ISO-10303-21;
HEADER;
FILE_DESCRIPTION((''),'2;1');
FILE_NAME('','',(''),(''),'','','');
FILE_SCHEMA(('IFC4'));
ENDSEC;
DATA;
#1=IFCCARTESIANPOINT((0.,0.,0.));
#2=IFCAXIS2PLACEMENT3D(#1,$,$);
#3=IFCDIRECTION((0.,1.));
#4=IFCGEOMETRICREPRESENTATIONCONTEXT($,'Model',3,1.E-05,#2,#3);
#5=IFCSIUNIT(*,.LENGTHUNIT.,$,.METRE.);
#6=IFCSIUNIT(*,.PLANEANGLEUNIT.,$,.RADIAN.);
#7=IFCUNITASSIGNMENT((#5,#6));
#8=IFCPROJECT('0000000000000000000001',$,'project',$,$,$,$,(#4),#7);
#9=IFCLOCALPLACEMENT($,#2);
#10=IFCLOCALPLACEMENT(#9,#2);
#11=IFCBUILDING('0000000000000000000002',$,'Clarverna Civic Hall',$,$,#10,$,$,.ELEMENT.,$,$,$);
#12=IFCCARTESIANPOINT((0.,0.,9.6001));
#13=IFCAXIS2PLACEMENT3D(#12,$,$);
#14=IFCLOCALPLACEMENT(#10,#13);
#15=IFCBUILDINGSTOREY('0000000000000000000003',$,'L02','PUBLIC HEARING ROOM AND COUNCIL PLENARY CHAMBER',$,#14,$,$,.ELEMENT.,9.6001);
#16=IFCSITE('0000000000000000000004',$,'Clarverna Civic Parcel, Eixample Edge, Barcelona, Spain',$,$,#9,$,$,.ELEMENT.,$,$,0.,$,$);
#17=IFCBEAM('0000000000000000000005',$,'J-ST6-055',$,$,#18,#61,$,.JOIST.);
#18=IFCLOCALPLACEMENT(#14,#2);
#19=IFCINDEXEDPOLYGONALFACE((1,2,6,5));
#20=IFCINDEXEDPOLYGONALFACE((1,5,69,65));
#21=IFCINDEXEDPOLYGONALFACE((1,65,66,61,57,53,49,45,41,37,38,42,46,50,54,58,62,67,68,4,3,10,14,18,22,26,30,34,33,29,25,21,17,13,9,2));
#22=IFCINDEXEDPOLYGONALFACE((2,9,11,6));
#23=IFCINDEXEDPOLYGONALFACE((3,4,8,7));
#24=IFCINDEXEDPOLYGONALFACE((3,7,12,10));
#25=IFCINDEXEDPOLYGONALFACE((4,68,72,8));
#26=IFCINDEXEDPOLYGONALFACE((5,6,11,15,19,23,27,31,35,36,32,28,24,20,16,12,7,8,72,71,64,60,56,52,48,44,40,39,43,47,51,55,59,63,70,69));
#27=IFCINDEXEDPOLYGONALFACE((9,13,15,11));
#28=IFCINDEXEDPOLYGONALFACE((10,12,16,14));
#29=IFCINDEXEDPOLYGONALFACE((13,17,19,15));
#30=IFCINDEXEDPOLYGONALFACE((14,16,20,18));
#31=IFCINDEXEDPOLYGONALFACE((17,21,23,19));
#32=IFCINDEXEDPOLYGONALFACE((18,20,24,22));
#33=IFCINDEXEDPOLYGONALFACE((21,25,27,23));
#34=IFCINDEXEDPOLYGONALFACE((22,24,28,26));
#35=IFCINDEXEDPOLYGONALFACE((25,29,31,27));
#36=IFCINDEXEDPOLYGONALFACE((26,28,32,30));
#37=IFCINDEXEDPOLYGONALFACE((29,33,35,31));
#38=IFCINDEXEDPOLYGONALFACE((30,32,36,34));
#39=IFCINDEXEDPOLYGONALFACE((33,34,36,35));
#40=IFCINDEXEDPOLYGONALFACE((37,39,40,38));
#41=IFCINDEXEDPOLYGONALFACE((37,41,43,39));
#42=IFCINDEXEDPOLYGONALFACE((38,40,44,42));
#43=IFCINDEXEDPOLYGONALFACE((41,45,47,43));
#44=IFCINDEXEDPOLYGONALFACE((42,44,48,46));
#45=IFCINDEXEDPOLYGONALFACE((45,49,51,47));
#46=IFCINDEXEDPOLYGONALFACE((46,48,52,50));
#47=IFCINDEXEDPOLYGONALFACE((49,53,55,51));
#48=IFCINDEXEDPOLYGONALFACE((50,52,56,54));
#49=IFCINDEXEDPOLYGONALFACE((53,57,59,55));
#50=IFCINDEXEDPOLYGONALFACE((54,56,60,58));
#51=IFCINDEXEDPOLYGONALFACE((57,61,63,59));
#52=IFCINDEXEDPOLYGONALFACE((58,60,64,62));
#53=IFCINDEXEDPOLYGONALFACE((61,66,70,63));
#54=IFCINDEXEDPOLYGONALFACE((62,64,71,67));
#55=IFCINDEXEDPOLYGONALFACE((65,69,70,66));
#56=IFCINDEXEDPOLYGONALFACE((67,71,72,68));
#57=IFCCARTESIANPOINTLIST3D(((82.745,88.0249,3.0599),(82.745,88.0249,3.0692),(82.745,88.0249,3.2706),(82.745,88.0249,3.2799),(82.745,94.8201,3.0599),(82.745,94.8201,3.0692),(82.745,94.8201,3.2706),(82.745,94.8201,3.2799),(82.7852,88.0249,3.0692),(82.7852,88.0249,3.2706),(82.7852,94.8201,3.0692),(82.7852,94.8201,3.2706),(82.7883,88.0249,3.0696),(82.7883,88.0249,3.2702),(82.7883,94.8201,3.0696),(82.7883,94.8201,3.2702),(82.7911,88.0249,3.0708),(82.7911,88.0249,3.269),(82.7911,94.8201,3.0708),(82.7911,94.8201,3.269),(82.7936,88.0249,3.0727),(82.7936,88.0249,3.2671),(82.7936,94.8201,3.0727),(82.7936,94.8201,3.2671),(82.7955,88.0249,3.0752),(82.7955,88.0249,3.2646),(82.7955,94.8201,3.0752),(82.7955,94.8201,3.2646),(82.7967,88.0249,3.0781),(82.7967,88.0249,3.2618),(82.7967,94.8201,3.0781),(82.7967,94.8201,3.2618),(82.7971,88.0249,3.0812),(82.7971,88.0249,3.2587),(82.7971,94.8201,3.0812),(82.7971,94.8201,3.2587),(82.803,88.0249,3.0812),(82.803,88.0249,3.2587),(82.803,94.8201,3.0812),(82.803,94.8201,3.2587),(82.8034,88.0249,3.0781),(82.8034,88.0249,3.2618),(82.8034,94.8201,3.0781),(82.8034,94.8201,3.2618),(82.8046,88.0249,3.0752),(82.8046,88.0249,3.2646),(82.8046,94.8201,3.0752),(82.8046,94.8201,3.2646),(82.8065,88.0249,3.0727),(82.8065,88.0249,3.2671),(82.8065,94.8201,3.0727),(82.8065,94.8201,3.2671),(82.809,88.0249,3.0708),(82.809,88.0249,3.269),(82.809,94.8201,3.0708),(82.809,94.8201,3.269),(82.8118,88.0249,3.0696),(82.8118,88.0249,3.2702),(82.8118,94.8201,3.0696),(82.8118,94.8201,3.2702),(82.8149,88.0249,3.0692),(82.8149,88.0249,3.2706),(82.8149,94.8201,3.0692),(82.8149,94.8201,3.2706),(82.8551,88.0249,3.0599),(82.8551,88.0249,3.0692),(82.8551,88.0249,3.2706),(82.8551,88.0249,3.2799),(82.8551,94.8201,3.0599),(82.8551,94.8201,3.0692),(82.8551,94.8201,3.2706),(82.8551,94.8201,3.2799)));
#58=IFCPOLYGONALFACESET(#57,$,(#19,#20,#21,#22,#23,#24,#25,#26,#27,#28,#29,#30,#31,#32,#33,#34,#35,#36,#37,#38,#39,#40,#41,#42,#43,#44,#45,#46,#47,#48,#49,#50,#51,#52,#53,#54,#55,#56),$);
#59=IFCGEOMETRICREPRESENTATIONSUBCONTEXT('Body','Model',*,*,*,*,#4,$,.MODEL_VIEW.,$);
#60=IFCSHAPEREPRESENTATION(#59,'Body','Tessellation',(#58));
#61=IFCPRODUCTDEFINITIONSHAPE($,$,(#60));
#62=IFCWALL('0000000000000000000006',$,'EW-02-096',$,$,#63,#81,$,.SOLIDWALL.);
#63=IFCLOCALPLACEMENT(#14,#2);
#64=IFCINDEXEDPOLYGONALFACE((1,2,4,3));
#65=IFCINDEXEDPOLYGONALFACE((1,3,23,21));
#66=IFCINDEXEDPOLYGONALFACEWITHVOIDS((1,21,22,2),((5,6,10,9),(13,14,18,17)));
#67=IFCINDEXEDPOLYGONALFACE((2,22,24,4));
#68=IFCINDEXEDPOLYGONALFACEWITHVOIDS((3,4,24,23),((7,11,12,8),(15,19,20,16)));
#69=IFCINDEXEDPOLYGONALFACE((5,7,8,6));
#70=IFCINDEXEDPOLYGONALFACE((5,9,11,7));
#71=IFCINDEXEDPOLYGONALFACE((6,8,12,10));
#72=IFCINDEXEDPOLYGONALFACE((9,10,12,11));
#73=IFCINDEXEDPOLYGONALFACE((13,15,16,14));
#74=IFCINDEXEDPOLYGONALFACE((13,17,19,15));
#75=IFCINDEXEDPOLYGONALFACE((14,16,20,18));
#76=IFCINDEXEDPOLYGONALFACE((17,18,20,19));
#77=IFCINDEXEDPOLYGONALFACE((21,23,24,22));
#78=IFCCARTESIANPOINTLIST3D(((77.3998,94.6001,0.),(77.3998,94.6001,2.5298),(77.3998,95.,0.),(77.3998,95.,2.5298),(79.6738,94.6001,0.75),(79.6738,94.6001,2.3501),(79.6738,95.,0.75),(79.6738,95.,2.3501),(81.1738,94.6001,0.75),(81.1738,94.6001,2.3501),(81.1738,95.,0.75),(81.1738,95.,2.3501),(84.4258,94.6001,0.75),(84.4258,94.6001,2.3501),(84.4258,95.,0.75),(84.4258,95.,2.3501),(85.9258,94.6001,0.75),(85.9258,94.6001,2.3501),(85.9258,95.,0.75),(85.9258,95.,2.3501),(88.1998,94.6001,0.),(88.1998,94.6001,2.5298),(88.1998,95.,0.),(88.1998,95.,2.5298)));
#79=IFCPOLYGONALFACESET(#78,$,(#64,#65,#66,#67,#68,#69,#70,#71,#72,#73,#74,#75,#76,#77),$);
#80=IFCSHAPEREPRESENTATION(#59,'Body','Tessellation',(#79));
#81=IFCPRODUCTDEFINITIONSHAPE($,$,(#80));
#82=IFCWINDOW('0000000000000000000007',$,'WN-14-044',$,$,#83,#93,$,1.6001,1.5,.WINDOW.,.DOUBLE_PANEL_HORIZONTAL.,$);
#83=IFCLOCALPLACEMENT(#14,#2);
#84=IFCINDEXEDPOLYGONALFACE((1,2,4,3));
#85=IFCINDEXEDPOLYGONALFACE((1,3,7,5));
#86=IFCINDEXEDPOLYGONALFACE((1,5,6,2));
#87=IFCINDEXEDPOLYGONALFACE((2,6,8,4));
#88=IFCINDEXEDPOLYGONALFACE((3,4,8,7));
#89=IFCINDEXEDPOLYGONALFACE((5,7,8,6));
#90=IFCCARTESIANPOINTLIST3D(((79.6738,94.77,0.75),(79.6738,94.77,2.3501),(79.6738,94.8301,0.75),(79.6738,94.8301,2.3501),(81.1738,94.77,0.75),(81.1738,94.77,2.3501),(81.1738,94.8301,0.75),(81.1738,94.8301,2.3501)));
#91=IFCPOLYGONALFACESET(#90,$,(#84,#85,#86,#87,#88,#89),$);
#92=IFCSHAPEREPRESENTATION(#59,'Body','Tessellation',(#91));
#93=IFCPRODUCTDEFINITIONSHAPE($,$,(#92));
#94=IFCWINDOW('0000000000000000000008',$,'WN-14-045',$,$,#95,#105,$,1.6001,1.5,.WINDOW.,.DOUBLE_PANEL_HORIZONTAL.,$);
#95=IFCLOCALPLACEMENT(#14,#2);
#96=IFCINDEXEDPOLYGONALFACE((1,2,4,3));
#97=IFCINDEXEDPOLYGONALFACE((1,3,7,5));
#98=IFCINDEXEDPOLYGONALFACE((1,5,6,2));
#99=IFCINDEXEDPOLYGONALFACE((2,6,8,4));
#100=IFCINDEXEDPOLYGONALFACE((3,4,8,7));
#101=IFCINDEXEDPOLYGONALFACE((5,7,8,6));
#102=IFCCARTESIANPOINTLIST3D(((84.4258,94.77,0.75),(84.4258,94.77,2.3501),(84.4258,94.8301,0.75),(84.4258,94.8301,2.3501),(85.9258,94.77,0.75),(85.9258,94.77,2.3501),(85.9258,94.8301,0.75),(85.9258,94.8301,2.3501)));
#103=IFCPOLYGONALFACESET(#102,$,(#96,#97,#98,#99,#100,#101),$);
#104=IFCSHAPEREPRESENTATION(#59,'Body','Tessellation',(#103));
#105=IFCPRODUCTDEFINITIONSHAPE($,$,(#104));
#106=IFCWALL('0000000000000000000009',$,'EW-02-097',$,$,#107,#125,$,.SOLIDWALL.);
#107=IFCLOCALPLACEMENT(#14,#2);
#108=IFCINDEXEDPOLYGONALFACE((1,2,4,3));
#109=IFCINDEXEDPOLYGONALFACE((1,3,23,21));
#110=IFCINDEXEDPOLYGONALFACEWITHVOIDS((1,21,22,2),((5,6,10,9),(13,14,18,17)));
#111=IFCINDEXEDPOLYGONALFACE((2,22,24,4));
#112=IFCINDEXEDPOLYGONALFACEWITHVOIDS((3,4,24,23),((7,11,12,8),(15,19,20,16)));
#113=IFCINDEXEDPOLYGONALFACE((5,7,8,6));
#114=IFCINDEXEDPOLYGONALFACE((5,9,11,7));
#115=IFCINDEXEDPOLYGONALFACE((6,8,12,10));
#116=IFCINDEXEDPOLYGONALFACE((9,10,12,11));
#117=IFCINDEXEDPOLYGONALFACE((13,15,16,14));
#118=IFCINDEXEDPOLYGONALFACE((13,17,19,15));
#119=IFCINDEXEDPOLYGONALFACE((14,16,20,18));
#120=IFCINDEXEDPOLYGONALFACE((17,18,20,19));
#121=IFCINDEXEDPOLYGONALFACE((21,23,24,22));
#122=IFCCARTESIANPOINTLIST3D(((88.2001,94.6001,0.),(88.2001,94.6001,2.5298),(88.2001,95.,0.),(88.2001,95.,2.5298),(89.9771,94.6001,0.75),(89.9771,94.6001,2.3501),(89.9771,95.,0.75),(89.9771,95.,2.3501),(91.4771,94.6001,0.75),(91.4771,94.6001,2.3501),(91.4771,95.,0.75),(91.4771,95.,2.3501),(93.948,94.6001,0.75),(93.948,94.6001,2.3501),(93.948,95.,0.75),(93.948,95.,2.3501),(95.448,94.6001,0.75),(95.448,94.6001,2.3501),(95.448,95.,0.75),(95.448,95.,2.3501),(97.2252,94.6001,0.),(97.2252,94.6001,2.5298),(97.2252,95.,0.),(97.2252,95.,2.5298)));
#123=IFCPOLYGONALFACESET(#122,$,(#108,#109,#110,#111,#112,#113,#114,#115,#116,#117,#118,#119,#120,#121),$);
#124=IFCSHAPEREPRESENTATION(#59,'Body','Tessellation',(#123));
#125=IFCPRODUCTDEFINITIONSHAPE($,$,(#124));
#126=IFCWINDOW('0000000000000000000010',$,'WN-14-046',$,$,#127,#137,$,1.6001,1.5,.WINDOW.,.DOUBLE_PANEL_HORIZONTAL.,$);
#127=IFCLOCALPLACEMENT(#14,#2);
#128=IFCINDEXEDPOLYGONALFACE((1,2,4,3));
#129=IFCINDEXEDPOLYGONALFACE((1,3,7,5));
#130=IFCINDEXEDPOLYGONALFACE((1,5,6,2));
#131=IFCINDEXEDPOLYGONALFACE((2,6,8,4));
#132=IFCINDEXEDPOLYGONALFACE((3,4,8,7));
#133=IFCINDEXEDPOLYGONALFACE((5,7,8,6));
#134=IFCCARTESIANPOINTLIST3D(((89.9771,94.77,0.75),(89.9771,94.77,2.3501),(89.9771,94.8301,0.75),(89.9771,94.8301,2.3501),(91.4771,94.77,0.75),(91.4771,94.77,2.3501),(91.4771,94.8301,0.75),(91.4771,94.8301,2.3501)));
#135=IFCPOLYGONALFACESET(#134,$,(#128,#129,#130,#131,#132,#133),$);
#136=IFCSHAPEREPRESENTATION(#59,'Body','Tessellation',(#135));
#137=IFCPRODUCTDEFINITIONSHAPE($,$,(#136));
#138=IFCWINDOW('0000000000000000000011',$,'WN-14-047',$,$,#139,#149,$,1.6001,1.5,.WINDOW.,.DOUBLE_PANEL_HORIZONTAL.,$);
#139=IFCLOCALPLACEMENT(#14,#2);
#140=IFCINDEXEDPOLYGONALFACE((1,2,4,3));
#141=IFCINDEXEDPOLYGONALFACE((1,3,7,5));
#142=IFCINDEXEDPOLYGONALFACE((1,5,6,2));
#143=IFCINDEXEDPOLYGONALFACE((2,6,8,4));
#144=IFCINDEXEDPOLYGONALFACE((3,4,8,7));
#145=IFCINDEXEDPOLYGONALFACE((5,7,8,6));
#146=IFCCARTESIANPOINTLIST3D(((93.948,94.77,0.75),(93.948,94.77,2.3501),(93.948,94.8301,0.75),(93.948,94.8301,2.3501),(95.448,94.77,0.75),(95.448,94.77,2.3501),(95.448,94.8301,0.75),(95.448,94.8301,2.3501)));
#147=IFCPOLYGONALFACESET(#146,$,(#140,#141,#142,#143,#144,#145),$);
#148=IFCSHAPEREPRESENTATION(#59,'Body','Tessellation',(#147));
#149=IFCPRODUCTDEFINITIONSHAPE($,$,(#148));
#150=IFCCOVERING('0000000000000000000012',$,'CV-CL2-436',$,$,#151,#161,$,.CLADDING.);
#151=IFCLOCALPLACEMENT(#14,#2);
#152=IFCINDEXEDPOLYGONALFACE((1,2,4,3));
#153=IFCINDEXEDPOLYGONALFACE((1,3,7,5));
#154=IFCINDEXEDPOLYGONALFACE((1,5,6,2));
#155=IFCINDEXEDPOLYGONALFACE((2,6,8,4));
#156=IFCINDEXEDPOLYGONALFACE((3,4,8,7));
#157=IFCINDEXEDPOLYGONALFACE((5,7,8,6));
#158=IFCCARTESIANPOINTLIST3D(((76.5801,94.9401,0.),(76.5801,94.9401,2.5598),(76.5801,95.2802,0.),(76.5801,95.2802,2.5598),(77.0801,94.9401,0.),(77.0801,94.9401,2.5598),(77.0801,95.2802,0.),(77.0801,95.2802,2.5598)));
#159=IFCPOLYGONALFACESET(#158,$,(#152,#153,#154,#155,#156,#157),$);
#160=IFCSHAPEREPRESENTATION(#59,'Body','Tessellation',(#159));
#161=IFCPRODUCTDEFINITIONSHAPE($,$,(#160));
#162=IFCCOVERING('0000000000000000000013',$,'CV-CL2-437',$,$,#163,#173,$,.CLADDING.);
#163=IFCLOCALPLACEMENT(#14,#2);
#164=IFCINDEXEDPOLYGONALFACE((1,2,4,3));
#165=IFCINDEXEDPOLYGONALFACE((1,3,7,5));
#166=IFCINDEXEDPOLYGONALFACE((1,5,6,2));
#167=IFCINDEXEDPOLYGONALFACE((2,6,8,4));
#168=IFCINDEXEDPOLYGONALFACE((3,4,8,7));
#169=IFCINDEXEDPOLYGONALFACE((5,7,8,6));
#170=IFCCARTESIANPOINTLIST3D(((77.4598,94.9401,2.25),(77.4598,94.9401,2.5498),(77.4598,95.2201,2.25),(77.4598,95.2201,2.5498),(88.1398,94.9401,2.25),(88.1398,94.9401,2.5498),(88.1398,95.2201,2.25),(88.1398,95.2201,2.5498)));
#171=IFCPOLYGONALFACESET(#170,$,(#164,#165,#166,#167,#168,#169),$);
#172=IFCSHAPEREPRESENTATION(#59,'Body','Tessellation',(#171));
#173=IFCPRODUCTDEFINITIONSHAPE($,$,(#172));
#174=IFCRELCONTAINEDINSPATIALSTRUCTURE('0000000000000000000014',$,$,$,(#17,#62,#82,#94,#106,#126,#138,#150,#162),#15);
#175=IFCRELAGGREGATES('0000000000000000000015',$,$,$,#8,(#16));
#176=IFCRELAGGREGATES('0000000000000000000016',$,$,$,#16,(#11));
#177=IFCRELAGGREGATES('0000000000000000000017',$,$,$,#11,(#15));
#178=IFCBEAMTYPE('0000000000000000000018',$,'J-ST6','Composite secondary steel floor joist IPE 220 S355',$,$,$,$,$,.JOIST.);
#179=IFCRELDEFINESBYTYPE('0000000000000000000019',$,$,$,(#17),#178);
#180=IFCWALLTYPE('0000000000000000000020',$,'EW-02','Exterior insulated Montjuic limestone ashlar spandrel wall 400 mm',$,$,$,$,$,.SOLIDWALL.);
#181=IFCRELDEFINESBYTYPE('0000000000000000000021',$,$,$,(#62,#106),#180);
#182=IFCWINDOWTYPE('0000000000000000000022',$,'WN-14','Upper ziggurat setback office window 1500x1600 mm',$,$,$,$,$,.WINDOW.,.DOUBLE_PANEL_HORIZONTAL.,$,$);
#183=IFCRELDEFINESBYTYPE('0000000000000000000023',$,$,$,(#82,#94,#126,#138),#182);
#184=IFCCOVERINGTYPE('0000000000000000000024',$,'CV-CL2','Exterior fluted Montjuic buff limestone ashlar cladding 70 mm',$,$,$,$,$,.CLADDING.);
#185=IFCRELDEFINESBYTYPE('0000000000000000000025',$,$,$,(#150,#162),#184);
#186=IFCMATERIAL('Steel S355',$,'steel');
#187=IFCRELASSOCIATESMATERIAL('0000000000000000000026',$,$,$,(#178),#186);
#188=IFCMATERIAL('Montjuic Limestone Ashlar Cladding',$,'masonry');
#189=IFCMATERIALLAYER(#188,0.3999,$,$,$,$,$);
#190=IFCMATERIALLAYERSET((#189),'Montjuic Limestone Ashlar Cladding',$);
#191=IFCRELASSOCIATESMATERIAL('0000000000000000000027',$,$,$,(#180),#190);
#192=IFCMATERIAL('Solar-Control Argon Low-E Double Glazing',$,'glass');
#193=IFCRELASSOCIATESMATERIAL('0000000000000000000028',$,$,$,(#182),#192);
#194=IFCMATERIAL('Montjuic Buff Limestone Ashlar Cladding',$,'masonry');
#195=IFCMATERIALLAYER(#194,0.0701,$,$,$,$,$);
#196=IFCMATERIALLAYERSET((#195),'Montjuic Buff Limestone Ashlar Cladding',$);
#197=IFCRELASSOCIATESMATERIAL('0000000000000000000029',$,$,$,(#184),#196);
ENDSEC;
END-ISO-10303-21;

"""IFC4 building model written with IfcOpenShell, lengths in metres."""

from ifc_helpers import new_model, si_unit, direction, frame, frame_2d, origin, origin_2d, place, context, subcontext, project, spatial, rectangle, i_section, extrude, material, layer, layer_set, material_profile, profile_set, type_object, element, fill, save


model = new_model("IFC4")

# Units and contexts
model_context = context("Model", 3, precision=1e-05, world=origin(), true_north=direction((0.0, 1.0)))
body_context = subcontext(model_context, "Body", "Model", "MODEL_VIEW")
ifc_project = project(units=[si_unit("LENGTHUNIT", "METRE"), si_unit("PLANEANGLEUNIT", "RADIAN")], contexts=[model_context])

# Site, building, storey
site_placement = place(None, origin())
site = spatial("IfcSite", under=ifc_project, at=site_placement, Name="Clarverna Civic Parcel, Eixample Edge, Barcelona, Spain", CompositionType="ELEMENT", RefElevation=0.0)
building_placement = place(site_placement, origin())
building = spatial("IfcBuilding", under=site, at=building_placement, Name="Clarverna Civic Hall", CompositionType="ELEMENT")
storey_placement = place(building_placement, frame((0.0, 0.0, 9.6001)))
storey = spatial("IfcBuildingStorey", under=building, at=storey_placement, Name="L02", Description="PUBLIC HEARING ROOM AND COUNCIL PLENARY CHAMBER", CompositionType="ELEMENT", Elevation=9.6001)

# Beam
ifc_material_1 = material(Name="Steel S355", Category="steel")
ifc_material_profile_1 = material_profile(ifc_material_1, i_section(OverallWidth=0.1101, OverallDepth=0.22, WebThickness=0.0059, FlangeThickness=0.0093, FilletRadius=0.012, at=origin_2d()), Name="IPE 220")
ifc_profile_set_1 = profile_set([ifc_material_profile_1], Name="Steel S355")
beam_type_1 = type_object("IfcBeamType", Name="J-ST6", Description="Composite secondary steel floor joist IPE 220 S355", PredefinedType="JOIST", material=ifc_profile_set_1)
beam_1_placement = place(storey_placement, frame((82.8, 88.0249, 3.1699), z_axis=(0.0, 1.0, 0.0), x_axis=(-1.0, 0.0, 0.0)))
element("IfcBeam", 1, at=beam_1_placement, inside=storey, type_object=beam_type_1, Name="J-ST6-055", PredefinedType="JOIST", context=body_context, shape_type="SweptSolid", body=[
    extrude(i_section(OverallWidth=0.1101, OverallDepth=0.22, WebThickness=0.0059, FlangeThickness=0.0093, FilletRadius=0.012, at=origin_2d()), origin(), (0.0, 0.0, 1.0), 6.7952),
])

# Walls, openings, windows
ifc_material_2 = material(Name="Montjuic Limestone Ashlar Cladding", Category="masonry")
ifc_layer_1 = layer(ifc_material_2, 0.3999)
ifc_layer_set_1 = layer_set([ifc_layer_1], Name="Montjuic Limestone Ashlar Cladding")
wall_type = type_object("IfcWallType", Name="EW-02", Description="Exterior insulated Montjuic limestone ashlar spandrel wall 400 mm", PredefinedType="SOLIDWALL", material=ifc_layer_set_1)
wall_1_placement = place(storey_placement, frame((77.3999, 94.8, 0.0), z_axis=(0.0, 0.0, 1.0), x_axis=(1.0, 0.0, 0.0)))
wall_1 = element("IfcWall", 2, at=wall_1_placement, inside=storey, type_object=wall_type, Name="EW-02-096", PredefinedType="SOLIDWALL", context=body_context, shape_type="SweptSolid", body=[
    extrude(rectangle(XDim=10.8, YDim=0.3999, at=frame_2d((5.3999, 0.0))), origin(), (0.0, 0.0, 1.0), 2.5298),
])
opening_1_placement = place(wall_1_placement, frame((2.2739, 0.0, 0.75)))
opening_1 = element("IfcOpeningElement", 3, at=opening_1_placement, cuts=wall_1, PredefinedType="OPENING", context=body_context, shape_type="SweptSolid", body=[
    extrude(rectangle(XDim=1.5, YDim=1.6001, at=frame_2d((0.75, 0.8))), frame((0.0, 0.21, 0.0), z_axis=(0.0, -1.0, 0.0), x_axis=(1.0, 0.0, 0.0)), (0.0, 0.0, 1.0), 0.4199),
])
opening_2_placement = place(wall_1_placement, frame((7.0259, 0.0, 0.75)))
opening_2 = element("IfcOpeningElement", 4, at=opening_2_placement, cuts=wall_1, PredefinedType="OPENING", context=body_context, shape_type="SweptSolid", body=[
    extrude(rectangle(XDim=1.5, YDim=1.6001, at=frame_2d((0.75, 0.8))), frame((0.0, 0.21, 0.0), z_axis=(0.0, -1.0, 0.0), x_axis=(1.0, 0.0, 0.0)), (0.0, 0.0, 1.0), 0.4199),
])
ifc_material_3 = material(Name="Solar-Control Argon Low-E Double Glazing", Category="glass")
window_type = type_object("IfcWindowType", Name="WN-14", Description="Upper ziggurat setback office window 1500x1600 mm", PartitioningType="DOUBLE_PANEL_HORIZONTAL", PredefinedType="WINDOW", material=ifc_material_3)
window_1_placement = place(opening_1_placement, origin())
window_1 = element("IfcWindow", 5, at=window_1_placement, inside=storey, type_object=window_type, Name="WN-14-044", OverallHeight=1.6001, OverallWidth=1.5, PartitioningType="DOUBLE_PANEL_HORIZONTAL", PredefinedType="WINDOW", context=body_context, shape_type="SweptSolid", body=[
    extrude(rectangle(XDim=1.5, YDim=1.6001, at=frame_2d((0.75, 0.8))), frame((0.0, 0.03, 0.0), z_axis=(0.0, -1.0, 0.0), x_axis=(1.0, 0.0, 0.0)), (0.0, 0.0, 1.0), 0.0601),
])
fill(opening_1, window_1)
window_2_placement = place(opening_2_placement, origin())
window_2 = element("IfcWindow", 6, at=window_2_placement, inside=storey, type_object=window_type, Name="WN-14-045", OverallHeight=1.6001, OverallWidth=1.5, PartitioningType="DOUBLE_PANEL_HORIZONTAL", PredefinedType="WINDOW", context=body_context, shape_type="SweptSolid", body=[
    extrude(rectangle(XDim=1.5, YDim=1.6001, at=frame_2d((0.75, 0.8))), frame((0.0, 0.03, 0.0), z_axis=(0.0, -1.0, 0.0), x_axis=(1.0, 0.0, 0.0)), (0.0, 0.0, 1.0), 0.0601),
])
fill(opening_2, window_2)
wall_2_placement = place(storey_placement, frame((88.2, 94.8, 0.0), z_axis=(0.0, 0.0, 1.0), x_axis=(1.0, 0.0, 0.0)))
wall_2 = element("IfcWall", 7, at=wall_2_placement, inside=storey, type_object=wall_type, Name="EW-02-097", PredefinedType="SOLIDWALL", context=body_context, shape_type="SweptSolid", body=[
    extrude(rectangle(XDim=9.0251, YDim=0.3999, at=frame_2d((4.5127, 0.0))), origin(), (0.0, 0.0, 1.0), 2.5298),
])
opening_3_placement = place(wall_2_placement, frame((1.7771, 0.0, 0.75)))
opening_3 = element("IfcOpeningElement", 8, at=opening_3_placement, cuts=wall_2, PredefinedType="OPENING", context=body_context, shape_type="SweptSolid", body=[
    extrude(rectangle(XDim=1.5, YDim=1.6001, at=frame_2d((0.75, 0.8))), frame((0.0, 0.21, 0.0), z_axis=(0.0, -1.0, 0.0), x_axis=(1.0, 0.0, 0.0)), (0.0, 0.0, 1.0), 0.4199),
])
opening_4_placement = place(wall_2_placement, frame((5.748, 0.0, 0.75)))
opening_4 = element("IfcOpeningElement", 9, at=opening_4_placement, cuts=wall_2, PredefinedType="OPENING", context=body_context, shape_type="SweptSolid", body=[
    extrude(rectangle(XDim=1.5, YDim=1.6001, at=frame_2d((0.75, 0.8))), frame((0.0, 0.21, 0.0), z_axis=(0.0, -1.0, 0.0), x_axis=(1.0, 0.0, 0.0)), (0.0, 0.0, 1.0), 0.4199),
])
window_3_placement = place(opening_3_placement, origin())
window_3 = element("IfcWindow", 10, at=window_3_placement, inside=storey, type_object=window_type, Name="WN-14-046", OverallHeight=1.6001, OverallWidth=1.5, PartitioningType="DOUBLE_PANEL_HORIZONTAL", PredefinedType="WINDOW", context=body_context, shape_type="SweptSolid", body=[
    extrude(rectangle(XDim=1.5, YDim=1.6001, at=frame_2d((0.75, 0.8))), frame((0.0, 0.03, 0.0), z_axis=(0.0, -1.0, 0.0), x_axis=(1.0, 0.0, 0.0)), (0.0, 0.0, 1.0), 0.0601),
])
fill(opening_3, window_3)
window_4_placement = place(opening_4_placement, origin())
window_4 = element("IfcWindow", 11, at=window_4_placement, inside=storey, type_object=window_type, Name="WN-14-047", OverallHeight=1.6001, OverallWidth=1.5, PartitioningType="DOUBLE_PANEL_HORIZONTAL", PredefinedType="WINDOW", context=body_context, shape_type="SweptSolid", body=[
    extrude(rectangle(XDim=1.5, YDim=1.6001, at=frame_2d((0.75, 0.8))), frame((0.0, 0.03, 0.0), z_axis=(0.0, -1.0, 0.0), x_axis=(1.0, 0.0, 0.0)), (0.0, 0.0, 1.0), 0.0601),
])
fill(opening_4, window_4)

# Coverings
ifc_material_4 = material(Name="Montjuic Buff Limestone Ashlar Cladding", Category="masonry")
ifc_layer_2 = layer(ifc_material_4, 0.0701)
ifc_layer_set_2 = layer_set([ifc_layer_2], Name="Montjuic Buff Limestone Ashlar Cladding")
covering_type = type_object("IfcCoveringType", Name="CV-CL2", Description="Exterior fluted Montjuic buff limestone ashlar cladding 70 mm", PredefinedType="CLADDING", material=ifc_layer_set_2)
covering_1_placement = place(storey_placement, frame((76.5801, 95.1101, 0.0), z_axis=(0.0, 0.0, 1.0), x_axis=(1.0, 0.0, 0.0)))
element("IfcCovering", 12, at=covering_1_placement, inside=storey, type_object=covering_type, Name="CV-CL2-436", PredefinedType="CLADDING", context=body_context, shape_type="SweptSolid", body=[
    extrude(rectangle(XDim=0.5, YDim=0.3401, at=frame_2d((0.25, 0.0))), origin(), (0.0, 0.0, 1.0), 2.5598),
])
covering_2_placement = place(storey_placement, frame((77.46, 95.0801, 2.25), z_axis=(0.0, 0.0, 1.0), x_axis=(1.0, 0.0, 0.0)))
element("IfcCovering", 13, at=covering_2_placement, inside=storey, type_object=covering_type, Name="CV-CL2-437", PredefinedType="CLADDING", context=body_context, shape_type="SweptSolid", body=[
    extrude(rectangle(XDim=10.6799, YDim=0.28, at=frame_2d((5.3398, 0.0))), origin(), (0.0, 0.0, 1.0), 0.2998),
])

save(model, "model.ifc")
